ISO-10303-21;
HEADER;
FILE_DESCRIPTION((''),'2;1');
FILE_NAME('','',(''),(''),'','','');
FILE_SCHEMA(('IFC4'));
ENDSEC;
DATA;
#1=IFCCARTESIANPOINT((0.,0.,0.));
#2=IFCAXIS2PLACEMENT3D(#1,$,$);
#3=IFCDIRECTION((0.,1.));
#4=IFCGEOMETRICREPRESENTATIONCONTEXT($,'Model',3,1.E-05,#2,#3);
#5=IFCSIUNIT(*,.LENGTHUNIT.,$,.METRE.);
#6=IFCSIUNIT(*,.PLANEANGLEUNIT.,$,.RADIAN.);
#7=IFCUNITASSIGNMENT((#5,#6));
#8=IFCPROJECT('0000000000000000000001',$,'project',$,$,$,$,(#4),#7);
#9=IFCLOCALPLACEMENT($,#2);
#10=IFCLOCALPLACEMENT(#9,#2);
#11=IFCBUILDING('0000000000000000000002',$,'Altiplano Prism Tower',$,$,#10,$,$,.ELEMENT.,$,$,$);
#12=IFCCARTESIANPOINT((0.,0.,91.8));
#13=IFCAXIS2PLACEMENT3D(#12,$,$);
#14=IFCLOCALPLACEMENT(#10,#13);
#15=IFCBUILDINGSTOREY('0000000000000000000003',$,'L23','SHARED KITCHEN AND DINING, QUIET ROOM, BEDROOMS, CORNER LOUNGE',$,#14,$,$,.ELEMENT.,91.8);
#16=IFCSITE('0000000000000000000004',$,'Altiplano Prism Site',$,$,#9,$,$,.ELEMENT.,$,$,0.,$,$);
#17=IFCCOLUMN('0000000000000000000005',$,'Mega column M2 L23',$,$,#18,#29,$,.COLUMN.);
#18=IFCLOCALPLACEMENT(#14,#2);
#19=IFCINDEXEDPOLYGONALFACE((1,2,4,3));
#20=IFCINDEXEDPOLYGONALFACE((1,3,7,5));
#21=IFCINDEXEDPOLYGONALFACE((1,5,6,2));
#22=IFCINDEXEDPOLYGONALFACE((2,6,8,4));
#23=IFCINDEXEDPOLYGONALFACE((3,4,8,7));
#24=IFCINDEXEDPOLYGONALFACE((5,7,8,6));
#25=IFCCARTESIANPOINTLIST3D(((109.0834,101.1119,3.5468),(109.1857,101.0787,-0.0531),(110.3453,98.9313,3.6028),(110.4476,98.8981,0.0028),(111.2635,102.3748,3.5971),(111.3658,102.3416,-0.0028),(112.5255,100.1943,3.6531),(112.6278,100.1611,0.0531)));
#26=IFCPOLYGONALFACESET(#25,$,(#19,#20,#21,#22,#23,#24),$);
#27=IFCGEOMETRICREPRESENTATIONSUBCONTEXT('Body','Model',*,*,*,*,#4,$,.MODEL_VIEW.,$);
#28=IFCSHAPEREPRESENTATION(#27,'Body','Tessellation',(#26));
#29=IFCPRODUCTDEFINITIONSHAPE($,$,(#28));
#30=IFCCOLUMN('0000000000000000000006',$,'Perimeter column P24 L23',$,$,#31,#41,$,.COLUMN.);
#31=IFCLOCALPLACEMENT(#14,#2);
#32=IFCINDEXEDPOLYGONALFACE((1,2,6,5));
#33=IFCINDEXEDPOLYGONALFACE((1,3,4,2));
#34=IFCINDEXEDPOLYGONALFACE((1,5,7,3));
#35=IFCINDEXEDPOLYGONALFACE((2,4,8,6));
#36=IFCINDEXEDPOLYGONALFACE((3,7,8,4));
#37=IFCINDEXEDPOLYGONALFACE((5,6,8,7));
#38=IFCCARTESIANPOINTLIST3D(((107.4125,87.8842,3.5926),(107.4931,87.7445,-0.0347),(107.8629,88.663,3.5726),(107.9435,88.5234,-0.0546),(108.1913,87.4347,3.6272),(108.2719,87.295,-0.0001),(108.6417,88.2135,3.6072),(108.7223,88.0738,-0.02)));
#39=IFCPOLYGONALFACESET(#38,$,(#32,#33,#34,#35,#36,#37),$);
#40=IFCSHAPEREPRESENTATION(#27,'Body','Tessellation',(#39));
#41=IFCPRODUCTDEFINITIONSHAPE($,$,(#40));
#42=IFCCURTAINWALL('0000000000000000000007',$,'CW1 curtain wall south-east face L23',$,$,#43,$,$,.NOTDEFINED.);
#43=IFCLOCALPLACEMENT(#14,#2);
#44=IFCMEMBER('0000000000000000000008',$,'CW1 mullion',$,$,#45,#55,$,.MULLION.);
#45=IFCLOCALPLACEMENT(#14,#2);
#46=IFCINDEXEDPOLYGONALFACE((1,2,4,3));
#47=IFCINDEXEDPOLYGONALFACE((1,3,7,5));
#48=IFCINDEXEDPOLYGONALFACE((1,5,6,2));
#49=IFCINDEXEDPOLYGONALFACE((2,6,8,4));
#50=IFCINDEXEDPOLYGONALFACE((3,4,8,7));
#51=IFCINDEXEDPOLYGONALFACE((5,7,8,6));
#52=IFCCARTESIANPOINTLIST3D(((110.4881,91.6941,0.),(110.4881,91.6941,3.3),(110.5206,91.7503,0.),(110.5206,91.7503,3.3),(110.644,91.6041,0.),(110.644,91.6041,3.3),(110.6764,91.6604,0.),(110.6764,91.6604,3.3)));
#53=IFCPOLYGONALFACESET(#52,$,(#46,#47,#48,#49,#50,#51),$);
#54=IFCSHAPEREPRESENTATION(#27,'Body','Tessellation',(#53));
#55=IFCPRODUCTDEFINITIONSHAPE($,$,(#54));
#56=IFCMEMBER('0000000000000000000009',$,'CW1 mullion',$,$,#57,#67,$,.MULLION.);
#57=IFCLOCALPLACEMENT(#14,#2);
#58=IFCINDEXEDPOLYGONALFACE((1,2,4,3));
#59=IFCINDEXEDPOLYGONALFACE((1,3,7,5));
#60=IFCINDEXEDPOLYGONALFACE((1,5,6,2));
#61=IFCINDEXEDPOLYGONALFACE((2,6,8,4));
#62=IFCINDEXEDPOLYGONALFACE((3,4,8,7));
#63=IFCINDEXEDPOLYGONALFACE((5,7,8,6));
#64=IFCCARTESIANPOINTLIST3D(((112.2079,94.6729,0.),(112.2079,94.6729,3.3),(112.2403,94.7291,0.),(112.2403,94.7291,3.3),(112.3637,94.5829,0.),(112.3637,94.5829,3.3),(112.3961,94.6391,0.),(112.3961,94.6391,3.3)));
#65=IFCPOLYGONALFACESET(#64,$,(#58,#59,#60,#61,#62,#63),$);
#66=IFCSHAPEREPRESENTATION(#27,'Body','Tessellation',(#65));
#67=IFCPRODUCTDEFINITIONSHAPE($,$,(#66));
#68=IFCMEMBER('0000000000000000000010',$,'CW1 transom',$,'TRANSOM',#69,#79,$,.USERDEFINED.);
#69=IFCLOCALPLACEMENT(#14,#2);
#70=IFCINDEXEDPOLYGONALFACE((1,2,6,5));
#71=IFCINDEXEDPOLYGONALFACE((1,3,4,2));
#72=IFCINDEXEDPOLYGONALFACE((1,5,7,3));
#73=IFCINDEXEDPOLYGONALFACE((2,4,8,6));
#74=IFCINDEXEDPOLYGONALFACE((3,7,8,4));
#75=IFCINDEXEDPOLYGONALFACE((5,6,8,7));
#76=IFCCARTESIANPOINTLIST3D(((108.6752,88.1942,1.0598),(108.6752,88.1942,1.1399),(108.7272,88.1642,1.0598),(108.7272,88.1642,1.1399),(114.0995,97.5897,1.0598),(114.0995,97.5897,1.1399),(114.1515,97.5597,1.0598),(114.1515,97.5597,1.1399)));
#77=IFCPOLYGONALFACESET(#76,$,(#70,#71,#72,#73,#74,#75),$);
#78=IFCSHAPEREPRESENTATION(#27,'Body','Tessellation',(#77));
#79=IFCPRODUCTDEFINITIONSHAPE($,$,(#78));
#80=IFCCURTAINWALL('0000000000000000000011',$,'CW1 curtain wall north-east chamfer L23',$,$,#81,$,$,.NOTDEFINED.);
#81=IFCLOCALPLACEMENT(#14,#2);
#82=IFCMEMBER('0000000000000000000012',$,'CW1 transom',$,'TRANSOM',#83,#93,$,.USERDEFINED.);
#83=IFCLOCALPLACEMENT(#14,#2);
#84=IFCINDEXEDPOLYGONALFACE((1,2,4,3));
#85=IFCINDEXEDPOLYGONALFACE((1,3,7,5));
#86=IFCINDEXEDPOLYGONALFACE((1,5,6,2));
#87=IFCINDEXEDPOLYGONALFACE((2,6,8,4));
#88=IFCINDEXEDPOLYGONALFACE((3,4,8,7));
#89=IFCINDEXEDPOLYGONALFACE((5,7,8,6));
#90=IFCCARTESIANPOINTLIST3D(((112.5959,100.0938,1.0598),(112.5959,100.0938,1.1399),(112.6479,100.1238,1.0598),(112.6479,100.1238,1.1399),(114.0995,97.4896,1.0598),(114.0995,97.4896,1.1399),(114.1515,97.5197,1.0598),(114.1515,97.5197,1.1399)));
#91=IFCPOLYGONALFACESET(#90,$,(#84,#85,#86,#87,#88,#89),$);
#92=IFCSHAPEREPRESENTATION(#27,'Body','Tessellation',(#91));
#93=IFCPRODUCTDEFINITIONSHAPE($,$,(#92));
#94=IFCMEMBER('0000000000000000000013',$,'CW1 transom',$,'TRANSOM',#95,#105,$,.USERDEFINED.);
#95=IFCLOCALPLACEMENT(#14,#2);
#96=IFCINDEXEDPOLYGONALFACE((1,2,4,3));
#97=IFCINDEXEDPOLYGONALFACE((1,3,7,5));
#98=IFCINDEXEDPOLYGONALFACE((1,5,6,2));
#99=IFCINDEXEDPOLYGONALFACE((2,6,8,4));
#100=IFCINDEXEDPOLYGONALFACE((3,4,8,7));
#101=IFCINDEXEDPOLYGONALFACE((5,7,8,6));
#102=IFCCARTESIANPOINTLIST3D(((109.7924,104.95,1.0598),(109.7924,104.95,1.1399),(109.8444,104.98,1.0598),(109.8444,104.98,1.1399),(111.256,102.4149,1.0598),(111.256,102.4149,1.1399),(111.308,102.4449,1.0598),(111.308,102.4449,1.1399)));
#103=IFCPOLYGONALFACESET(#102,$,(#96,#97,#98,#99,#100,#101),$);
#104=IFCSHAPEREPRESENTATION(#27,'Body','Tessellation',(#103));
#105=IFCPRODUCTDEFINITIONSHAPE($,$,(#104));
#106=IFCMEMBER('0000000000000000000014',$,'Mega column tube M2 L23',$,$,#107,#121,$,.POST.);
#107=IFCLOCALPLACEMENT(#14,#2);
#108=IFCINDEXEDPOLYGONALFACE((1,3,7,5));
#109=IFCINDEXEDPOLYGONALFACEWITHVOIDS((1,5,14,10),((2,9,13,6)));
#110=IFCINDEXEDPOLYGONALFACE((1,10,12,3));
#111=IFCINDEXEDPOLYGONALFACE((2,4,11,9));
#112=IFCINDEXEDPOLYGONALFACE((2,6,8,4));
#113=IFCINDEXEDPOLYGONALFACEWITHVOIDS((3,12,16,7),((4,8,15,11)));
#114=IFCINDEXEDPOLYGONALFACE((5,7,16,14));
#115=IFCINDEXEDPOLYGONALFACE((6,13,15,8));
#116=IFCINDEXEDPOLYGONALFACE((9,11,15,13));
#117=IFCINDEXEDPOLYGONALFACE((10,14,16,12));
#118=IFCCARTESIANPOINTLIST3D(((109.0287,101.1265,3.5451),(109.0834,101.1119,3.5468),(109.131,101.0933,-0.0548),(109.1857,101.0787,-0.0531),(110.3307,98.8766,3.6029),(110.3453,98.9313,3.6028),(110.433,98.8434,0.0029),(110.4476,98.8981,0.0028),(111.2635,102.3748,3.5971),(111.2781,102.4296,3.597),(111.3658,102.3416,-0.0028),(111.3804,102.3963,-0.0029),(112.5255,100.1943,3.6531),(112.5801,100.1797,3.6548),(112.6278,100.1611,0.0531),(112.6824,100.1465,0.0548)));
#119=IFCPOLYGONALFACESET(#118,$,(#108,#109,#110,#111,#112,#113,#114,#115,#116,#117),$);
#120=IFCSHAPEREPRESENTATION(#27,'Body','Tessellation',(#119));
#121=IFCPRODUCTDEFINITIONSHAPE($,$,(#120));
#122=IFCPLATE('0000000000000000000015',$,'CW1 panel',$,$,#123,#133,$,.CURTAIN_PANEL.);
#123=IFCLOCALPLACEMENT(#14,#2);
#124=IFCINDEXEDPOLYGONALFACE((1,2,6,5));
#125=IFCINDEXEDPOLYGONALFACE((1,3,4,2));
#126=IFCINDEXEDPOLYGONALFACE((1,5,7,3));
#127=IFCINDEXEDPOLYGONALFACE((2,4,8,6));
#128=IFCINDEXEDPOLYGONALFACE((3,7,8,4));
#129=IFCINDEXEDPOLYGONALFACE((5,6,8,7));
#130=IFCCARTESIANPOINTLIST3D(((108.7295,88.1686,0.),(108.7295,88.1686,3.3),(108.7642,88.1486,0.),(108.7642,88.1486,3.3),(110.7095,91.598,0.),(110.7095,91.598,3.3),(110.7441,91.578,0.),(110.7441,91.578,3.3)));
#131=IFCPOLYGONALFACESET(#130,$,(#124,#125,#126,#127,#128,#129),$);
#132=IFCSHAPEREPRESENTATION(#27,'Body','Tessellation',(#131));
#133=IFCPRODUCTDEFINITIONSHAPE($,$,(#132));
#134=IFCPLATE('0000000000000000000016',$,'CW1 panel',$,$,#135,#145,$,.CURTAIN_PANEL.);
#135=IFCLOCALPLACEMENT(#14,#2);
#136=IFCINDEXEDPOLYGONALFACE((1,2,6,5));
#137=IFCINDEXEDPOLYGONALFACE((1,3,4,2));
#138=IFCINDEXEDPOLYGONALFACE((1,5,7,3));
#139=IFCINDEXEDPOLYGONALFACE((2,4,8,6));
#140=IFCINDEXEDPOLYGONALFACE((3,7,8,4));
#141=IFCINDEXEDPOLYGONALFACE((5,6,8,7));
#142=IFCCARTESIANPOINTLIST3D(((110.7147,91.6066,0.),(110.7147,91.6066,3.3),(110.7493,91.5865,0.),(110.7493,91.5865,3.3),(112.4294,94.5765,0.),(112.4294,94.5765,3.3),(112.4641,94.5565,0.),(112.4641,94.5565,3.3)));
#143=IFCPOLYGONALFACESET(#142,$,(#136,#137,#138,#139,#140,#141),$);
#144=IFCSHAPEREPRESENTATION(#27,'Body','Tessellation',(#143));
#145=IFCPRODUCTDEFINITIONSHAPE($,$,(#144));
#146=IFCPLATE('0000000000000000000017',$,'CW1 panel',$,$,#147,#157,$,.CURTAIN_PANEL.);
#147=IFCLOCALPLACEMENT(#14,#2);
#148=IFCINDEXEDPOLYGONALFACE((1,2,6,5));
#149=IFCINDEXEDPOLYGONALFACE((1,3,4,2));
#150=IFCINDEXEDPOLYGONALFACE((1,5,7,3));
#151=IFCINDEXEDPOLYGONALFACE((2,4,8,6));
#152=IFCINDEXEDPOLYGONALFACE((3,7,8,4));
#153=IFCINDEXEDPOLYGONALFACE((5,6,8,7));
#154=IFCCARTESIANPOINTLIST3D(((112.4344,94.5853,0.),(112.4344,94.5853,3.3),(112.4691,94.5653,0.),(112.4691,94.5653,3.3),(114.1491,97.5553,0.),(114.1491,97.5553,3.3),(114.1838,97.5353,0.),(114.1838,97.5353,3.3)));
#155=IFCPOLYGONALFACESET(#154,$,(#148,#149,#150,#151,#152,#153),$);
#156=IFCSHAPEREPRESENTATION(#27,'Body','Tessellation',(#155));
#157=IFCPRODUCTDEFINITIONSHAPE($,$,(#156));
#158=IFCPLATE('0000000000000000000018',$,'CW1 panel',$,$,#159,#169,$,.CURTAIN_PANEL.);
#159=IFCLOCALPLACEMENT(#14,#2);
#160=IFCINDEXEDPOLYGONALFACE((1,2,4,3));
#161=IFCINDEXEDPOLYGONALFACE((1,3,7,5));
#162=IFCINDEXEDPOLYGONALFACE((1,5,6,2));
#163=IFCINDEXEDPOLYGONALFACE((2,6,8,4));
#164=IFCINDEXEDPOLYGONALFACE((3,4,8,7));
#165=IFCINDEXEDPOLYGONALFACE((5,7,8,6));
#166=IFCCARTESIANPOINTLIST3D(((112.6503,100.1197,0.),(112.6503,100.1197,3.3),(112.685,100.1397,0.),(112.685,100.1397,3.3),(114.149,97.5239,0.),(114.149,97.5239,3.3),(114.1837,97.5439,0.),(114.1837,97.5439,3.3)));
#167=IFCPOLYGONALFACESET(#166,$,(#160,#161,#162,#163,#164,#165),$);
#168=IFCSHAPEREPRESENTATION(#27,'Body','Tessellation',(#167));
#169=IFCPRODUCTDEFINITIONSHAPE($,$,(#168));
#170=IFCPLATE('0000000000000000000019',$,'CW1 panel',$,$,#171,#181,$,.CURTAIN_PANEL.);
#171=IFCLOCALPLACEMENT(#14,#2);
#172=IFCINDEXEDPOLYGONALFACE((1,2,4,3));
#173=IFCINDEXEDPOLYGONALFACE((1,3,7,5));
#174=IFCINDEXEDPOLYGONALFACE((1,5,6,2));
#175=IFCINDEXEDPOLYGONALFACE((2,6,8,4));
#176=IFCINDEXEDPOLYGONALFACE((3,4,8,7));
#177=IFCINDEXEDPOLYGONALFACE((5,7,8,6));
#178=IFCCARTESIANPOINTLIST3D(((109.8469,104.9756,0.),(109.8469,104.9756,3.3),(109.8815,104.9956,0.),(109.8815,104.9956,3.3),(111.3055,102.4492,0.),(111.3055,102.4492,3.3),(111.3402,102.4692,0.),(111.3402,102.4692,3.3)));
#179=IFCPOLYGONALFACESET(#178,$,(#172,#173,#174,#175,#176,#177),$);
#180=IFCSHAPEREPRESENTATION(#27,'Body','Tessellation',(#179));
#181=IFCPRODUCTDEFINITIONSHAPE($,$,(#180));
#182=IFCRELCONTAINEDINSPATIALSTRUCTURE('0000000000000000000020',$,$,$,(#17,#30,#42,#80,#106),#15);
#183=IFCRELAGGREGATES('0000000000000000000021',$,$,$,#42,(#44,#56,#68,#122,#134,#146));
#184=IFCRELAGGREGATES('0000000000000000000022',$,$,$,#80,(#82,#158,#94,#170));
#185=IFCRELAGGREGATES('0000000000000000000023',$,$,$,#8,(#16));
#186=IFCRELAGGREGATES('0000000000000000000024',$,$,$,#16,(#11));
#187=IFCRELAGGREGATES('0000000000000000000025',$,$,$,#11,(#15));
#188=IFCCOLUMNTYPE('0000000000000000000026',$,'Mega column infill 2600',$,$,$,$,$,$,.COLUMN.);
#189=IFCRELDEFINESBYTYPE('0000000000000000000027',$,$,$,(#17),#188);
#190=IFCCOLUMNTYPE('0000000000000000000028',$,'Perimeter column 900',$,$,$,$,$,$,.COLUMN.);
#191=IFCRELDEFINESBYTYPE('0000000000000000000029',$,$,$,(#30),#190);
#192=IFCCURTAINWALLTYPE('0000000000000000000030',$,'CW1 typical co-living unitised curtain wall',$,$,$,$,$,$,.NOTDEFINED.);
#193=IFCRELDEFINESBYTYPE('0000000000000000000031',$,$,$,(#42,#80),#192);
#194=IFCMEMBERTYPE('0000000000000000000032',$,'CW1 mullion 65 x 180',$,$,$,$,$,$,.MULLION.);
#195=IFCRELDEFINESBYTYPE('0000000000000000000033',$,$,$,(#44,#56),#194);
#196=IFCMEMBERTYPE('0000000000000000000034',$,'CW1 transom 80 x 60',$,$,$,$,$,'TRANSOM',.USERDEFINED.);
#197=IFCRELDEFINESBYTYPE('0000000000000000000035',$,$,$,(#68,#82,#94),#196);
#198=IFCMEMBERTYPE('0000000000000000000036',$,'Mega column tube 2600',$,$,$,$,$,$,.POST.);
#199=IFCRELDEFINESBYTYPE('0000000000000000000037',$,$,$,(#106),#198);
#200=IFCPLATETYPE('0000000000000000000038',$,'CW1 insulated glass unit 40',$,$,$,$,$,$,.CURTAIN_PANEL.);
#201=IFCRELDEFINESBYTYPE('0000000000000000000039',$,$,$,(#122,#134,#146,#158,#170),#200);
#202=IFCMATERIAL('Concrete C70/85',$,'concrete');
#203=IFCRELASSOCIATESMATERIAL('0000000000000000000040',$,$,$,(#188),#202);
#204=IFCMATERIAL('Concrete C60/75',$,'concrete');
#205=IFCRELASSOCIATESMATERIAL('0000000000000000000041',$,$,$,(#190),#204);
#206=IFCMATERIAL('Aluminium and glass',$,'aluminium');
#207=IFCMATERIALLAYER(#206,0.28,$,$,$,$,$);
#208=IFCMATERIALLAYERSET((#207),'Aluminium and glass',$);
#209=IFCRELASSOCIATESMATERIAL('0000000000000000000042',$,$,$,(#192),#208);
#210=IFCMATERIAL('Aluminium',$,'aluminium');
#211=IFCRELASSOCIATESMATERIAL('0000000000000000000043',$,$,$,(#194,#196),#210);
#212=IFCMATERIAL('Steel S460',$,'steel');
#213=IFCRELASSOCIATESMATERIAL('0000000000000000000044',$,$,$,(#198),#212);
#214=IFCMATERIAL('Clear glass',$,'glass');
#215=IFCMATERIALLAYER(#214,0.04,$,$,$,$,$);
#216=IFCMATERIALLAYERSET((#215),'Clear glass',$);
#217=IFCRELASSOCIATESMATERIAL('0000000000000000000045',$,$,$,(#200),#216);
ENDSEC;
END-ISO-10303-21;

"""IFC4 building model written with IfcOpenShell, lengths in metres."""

from ifc_helpers import new_model, si_unit, direction, frame, origin, origin_2d, place, context, subcontext, project, spatial, rectangle, hollow_rectangle, extrude, material, layer, layer_set, material_profile, profile_set, type_object, element, aggregate, save


model = new_model("IFC4")

# Units and contexts
model_context = context("Model", 3, precision=1e-05, world=origin(), true_north=direction((0.0, 1.0)))
body_context = subcontext(model_context, "Body", "Model", "MODEL_VIEW")
ifc_project = project(units=[si_unit("LENGTHUNIT", "METRE"), si_unit("PLANEANGLEUNIT", "RADIAN")], contexts=[model_context])

# Site, building, storey
site_placement = place(None, origin())
site = spatial("IfcSite", under=ifc_project, at=site_placement, Name="Altiplano Prism Site", CompositionType="ELEMENT", RefElevation=0.0)
building_placement = place(site_placement, origin())
building = spatial("IfcBuilding", under=site, at=building_placement, Name="Altiplano Prism Tower", CompositionType="ELEMENT")
storey_placement = place(building_placement, frame((0.0, 0.0, 91.8)))
storey = spatial("IfcBuildingStorey", under=building, at=storey_placement, Name="L23", Description="SHARED KITCHEN AND DINING, QUIET ROOM, BEDROOMS, CORNER LOUNGE", CompositionType="ELEMENT", Elevation=91.8)

# Columns
ifc_material_1 = material(Name="Concrete C70/85", Category="concrete")
ifc_material_profile_1 = material_profile(ifc_material_1, rectangle(XDim=2.52, YDim=2.52, at=origin_2d()), Name="Mega column infill 2600")
ifc_profile_set_1 = profile_set([ifc_material_profile_1], Name="Concrete C70/85")
column_type_1 = type_object("IfcColumnType", Name="Mega column infill 2600", PredefinedType="COLUMN", material=ifc_profile_set_1)
column_1_placement = place(storey_placement, frame((110.9067, 100.6199, 0.0), z_axis=(-0.028404, 0.009219, 0.999554), x_axis=(0.500755, -0.865304, 0.022211)))
element("IfcColumn", 1, at=column_1_placement, inside=storey, type_object=column_type_1, Name="Mega column M2 L23", PredefinedType="COLUMN", context=body_context, shape_type="SweptSolid", body=[
    extrude(rectangle(XDim=2.52, YDim=2.52, at=origin_2d()), origin(), (0.0, 0.0, 1.0), 3.6016),
])
ifc_material_2 = material(Name="Concrete C60/75", Category="concrete")
ifc_material_profile_2 = material_profile(ifc_material_2, rectangle(XDim=0.8999, YDim=0.8999, at=origin_2d()), Name="Perimeter column 900")
ifc_profile_set_2 = profile_set([ifc_material_profile_2], Name="Concrete C60/75")
column_type_2 = type_object("IfcColumnType", Name="Perimeter column 900", PredefinedType="COLUMN", material=ifc_profile_set_2)
column_2_placement = place(storey_placement, frame((108.1077, 87.9092, -0.0273), z_axis=(-0.02219, 0.038462, 0.999014), x_axis=(-0.500521, -0.86544, 0.022202)))
element("IfcColumn", 2, at=column_2_placement, inside=storey, type_object=column_type_2, Name="Perimeter column P24 L23", PredefinedType="COLUMN", context=body_context, shape_type="SweptSolid", body=[
    extrude(rectangle(XDim=0.8999, YDim=0.8999, at=origin_2d()), origin(), (0.0, 0.0, 1.0), 3.6309),
])

# Curtain walls, members
ifc_material_3 = material(Name="Aluminium and glass", Category="aluminium")
ifc_layer_1 = layer(ifc_material_3, 0.28)
ifc_layer_set_1 = layer_set([ifc_layer_1], Name="Aluminium and glass")
curtain_wall_type = type_object("IfcCurtainWallType", Name="CW1 typical co-living unitised curtain wall", PredefinedType="NOTDEFINED", material=ifc_layer_set_1)
curtain_wall_1_placement = place(storey_placement, origin())
curtain_wall_1 = element("IfcCurtainWall", 3, at=curtain_wall_1_placement, inside=storey, type_object=curtain_wall_type, Name="CW1 curtain wall south-east face L23", PredefinedType="NOTDEFINED")
ifc_material_4 = material(Name="Aluminium", Category="aluminium")
ifc_material_profile_3 = material_profile(ifc_material_4, rectangle(XDim=0.1799, YDim=0.0649, at=origin_2d()), Name="CW1 mullion 65 x 180")
ifc_profile_set_3 = profile_set([ifc_material_profile_3], Name="Aluminium")
member_type_1 = type_object("IfcMemberType", Name="CW1 mullion 65 x 180", PredefinedType="MULLION", material=ifc_profile_set_3)
member_1_placement = place(storey_placement, frame((110.5823, 91.6772, 0.0), z_axis=(0.0, 0.0, 1.0), x_axis=(-0.866025, 0.5, 0.0)))
member_1 = element("IfcMember", 4, at=member_1_placement, type_object=member_type_1, Name="CW1 mullion", PredefinedType="MULLION", context=body_context, shape_type="SweptSolid", body=[
    extrude(rectangle(XDim=0.1799, YDim=0.0649, at=origin_2d()), origin(), (0.0, 0.0, 1.0), 3.3),
])
member_2_placement = place(storey_placement, frame((112.302, 94.656, 0.0), z_axis=(0.0, 0.0, 1.0), x_axis=(-0.866025, 0.5, 0.0)))
member_2 = element("IfcMember", 5, at=member_2_placement, type_object=member_type_1, Name="CW1 mullion", PredefinedType="MULLION", context=body_context, shape_type="SweptSolid", body=[
    extrude(rectangle(XDim=0.1799, YDim=0.0649, at=origin_2d()), origin(), (0.0, 0.0, 1.0), 3.3),
])
ifc_material_profile_4 = material_profile(ifc_material_4, rectangle(XDim=0.0601, YDim=0.0801, at=origin_2d()), Name="CW1 transom 80 x 60")
ifc_profile_set_4 = profile_set([ifc_material_profile_4], Name="Aluminium")
member_type_2 = type_object("IfcMemberType", Name="CW1 transom 80 x 60", ElementType="TRANSOM", PredefinedType="USERDEFINED", material=ifc_profile_set_4)
member_3_placement = place(storey_placement, frame((108.7012, 88.1792, 1.0999), z_axis=(0.499987, 0.866033, 0.0), x_axis=(-0.866033, 0.499987, 0.0)))
member_3 = element("IfcMember", 6, at=member_3_placement, type_object=member_type_2, Name="CW1 transom", ObjectType="TRANSOM", PredefinedType="USERDEFINED", context=body_context, shape_type="SweptSolid", body=[
    extrude(rectangle(XDim=0.0601, YDim=0.0801, at=origin_2d()), origin(), (0.0, 0.0, 1.0), 10.8489),
])
curtain_wall_2_placement = place(storey_placement, origin())
curtain_wall_2 = element("IfcCurtainWall", 7, at=curtain_wall_2_placement, inside=storey, type_object=curtain_wall_type, Name="CW1 curtain wall north-east chamfer L23", PredefinedType="NOTDEFINED")
member_4_placement = place(storey_placement, frame((114.1255, 97.5046, 1.0999), z_axis=(-0.500025, 0.866011, 0.0), x_axis=(-0.866011, -0.500025, 0.0)))
member_4 = element("IfcMember", 8, at=member_4_placement, type_object=member_type_2, Name="CW1 transom", ObjectType="TRANSOM", PredefinedType="USERDEFINED", context=body_context, shape_type="SweptSolid", body=[
    extrude(rectangle(XDim=0.0601, YDim=0.0801, at=origin_2d()), origin(), (0.0, 0.0, 1.0), 3.0071),
])
member_5_placement = place(storey_placement, frame((111.282, 102.4299, 1.0999), z_axis=(-0.499987, 0.866033, 0.0), x_axis=(-0.866033, -0.499987, 0.0)))
member_5 = element("IfcMember", 9, at=member_5_placement, type_object=member_type_2, Name="CW1 transom", ObjectType="TRANSOM", PredefinedType="USERDEFINED", context=body_context, shape_type="SweptSolid", body=[
    extrude(rectangle(XDim=0.0601, YDim=0.0801, at=origin_2d()), origin(), (0.0, 0.0, 1.0), 2.9272),
])

# Member
ifc_material_5 = material(Name="Steel S460", Category="steel")
ifc_material_profile_5 = material_profile(ifc_material_5, hollow_rectangle(XDim=2.6001, YDim=2.6001, WallThickness=0.04, at=origin_2d()), Name="Mega column tube 2600")
ifc_profile_set_5 = profile_set([ifc_material_profile_5], Name="Steel S460")
member_type_3 = type_object("IfcMemberType", Name="Mega column tube 2600", PredefinedType="POST", material=ifc_profile_set_5)
member_6_placement = place(storey_placement, frame((110.9067, 100.6199, 0.0), z_axis=(-0.028404, 0.009219, 0.999554), x_axis=(0.500755, -0.865304, 0.022211)))
element("IfcMember", 10, at=member_6_placement, inside=storey, type_object=member_type_3, Name="Mega column tube M2 L23", PredefinedType="POST", context=body_context, shape_type="SweptSolid", body=[
    extrude(hollow_rectangle(XDim=2.6001, YDim=2.6001, WallThickness=0.04, at=origin_2d()), origin(), (0.0, 0.0, 1.0), 3.6016),
])

# Plates
ifc_material_6 = material(Name="Clear glass", Category="glass")
ifc_layer_2 = layer(ifc_material_6, 0.04)
ifc_layer_set_2 = layer_set([ifc_layer_2], Name="Clear glass")
plate_type = type_object("IfcPlateType", Name="CW1 insulated glass unit 40", PredefinedType="CURTAIN_PANEL", material=ifc_layer_set_2)
plate_1_placement = place(storey_placement, frame((109.7368, 89.8733, 0.0), z_axis=(0.0, 0.0, 1.0), x_axis=(0.5, 0.866025, 0.0)))
plate_1 = element("IfcPlate", 11, at=plate_1_placement, type_object=plate_type, Name="CW1 panel", PredefinedType="CURTAIN_PANEL", context=body_context, shape_type="SweptSolid", body=[
    extrude(rectangle(XDim=3.96, YDim=0.04, at=origin_2d()), origin(), (0.0, 0.0, 1.0), 3.3),
])
plate_2_placement = place(storey_placement, frame((111.5894, 93.0815, 0.0), z_axis=(0.0, 0.0, 1.0), x_axis=(0.5, 0.866025, 0.0)))
plate_2 = element("IfcPlate", 12, at=plate_2_placement, type_object=plate_type, Name="CW1 panel", PredefinedType="CURTAIN_PANEL", context=body_context, shape_type="SweptSolid", body=[
    extrude(rectangle(XDim=3.4294, YDim=0.04, at=origin_2d()), origin(), (0.0, 0.0, 1.0), 3.3),
])
plate_3_placement = place(storey_placement, frame((113.3091, 96.0603, 0.0), z_axis=(0.0, 0.0, 1.0), x_axis=(0.5, 0.866025, 0.0)))
plate_3 = element("IfcPlate", 13, at=plate_3_placement, type_object=plate_type, Name="CW1 panel", PredefinedType="CURTAIN_PANEL", context=body_context, shape_type="SweptSolid", body=[
    extrude(rectangle(XDim=3.4294, YDim=0.04, at=origin_2d()), origin(), (0.0, 0.0, 1.0), 3.3),
])
aggregate(curtain_wall_1, [member_1, member_2, member_3, plate_1, plate_2, plate_3])
plate_4_placement = place(storey_placement, frame((113.417, 98.8318, 0.0), z_axis=(0.0, 0.0, 1.0), x_axis=(-0.5, 0.866025, 0.0)))
plate_4 = element("IfcPlate", 14, at=plate_4_placement, type_object=plate_type, Name="CW1 panel", PredefinedType="CURTAIN_PANEL", context=body_context, shape_type="SweptSolid", body=[
    extrude(rectangle(XDim=2.9973, YDim=0.04, at=origin_2d()), origin(), (0.0, 0.0, 1.0), 3.3),
])
plate_5_placement = place(storey_placement, frame((110.5935, 103.7224, 0.0), z_axis=(0.0, 0.0, 1.0), x_axis=(-0.5, 0.866025, 0.0)))
plate_5 = element("IfcPlate", 15, at=plate_5_placement, type_object=plate_type, Name="CW1 panel", PredefinedType="CURTAIN_PANEL", context=body_context, shape_type="SweptSolid", body=[
    extrude(rectangle(XDim=2.9172, YDim=0.04, at=origin_2d()), origin(), (0.0, 0.0, 1.0), 3.3),
])
aggregate(curtain_wall_2, [member_4, plate_4, member_5, plate_5])

save(model, "model.ifc")
